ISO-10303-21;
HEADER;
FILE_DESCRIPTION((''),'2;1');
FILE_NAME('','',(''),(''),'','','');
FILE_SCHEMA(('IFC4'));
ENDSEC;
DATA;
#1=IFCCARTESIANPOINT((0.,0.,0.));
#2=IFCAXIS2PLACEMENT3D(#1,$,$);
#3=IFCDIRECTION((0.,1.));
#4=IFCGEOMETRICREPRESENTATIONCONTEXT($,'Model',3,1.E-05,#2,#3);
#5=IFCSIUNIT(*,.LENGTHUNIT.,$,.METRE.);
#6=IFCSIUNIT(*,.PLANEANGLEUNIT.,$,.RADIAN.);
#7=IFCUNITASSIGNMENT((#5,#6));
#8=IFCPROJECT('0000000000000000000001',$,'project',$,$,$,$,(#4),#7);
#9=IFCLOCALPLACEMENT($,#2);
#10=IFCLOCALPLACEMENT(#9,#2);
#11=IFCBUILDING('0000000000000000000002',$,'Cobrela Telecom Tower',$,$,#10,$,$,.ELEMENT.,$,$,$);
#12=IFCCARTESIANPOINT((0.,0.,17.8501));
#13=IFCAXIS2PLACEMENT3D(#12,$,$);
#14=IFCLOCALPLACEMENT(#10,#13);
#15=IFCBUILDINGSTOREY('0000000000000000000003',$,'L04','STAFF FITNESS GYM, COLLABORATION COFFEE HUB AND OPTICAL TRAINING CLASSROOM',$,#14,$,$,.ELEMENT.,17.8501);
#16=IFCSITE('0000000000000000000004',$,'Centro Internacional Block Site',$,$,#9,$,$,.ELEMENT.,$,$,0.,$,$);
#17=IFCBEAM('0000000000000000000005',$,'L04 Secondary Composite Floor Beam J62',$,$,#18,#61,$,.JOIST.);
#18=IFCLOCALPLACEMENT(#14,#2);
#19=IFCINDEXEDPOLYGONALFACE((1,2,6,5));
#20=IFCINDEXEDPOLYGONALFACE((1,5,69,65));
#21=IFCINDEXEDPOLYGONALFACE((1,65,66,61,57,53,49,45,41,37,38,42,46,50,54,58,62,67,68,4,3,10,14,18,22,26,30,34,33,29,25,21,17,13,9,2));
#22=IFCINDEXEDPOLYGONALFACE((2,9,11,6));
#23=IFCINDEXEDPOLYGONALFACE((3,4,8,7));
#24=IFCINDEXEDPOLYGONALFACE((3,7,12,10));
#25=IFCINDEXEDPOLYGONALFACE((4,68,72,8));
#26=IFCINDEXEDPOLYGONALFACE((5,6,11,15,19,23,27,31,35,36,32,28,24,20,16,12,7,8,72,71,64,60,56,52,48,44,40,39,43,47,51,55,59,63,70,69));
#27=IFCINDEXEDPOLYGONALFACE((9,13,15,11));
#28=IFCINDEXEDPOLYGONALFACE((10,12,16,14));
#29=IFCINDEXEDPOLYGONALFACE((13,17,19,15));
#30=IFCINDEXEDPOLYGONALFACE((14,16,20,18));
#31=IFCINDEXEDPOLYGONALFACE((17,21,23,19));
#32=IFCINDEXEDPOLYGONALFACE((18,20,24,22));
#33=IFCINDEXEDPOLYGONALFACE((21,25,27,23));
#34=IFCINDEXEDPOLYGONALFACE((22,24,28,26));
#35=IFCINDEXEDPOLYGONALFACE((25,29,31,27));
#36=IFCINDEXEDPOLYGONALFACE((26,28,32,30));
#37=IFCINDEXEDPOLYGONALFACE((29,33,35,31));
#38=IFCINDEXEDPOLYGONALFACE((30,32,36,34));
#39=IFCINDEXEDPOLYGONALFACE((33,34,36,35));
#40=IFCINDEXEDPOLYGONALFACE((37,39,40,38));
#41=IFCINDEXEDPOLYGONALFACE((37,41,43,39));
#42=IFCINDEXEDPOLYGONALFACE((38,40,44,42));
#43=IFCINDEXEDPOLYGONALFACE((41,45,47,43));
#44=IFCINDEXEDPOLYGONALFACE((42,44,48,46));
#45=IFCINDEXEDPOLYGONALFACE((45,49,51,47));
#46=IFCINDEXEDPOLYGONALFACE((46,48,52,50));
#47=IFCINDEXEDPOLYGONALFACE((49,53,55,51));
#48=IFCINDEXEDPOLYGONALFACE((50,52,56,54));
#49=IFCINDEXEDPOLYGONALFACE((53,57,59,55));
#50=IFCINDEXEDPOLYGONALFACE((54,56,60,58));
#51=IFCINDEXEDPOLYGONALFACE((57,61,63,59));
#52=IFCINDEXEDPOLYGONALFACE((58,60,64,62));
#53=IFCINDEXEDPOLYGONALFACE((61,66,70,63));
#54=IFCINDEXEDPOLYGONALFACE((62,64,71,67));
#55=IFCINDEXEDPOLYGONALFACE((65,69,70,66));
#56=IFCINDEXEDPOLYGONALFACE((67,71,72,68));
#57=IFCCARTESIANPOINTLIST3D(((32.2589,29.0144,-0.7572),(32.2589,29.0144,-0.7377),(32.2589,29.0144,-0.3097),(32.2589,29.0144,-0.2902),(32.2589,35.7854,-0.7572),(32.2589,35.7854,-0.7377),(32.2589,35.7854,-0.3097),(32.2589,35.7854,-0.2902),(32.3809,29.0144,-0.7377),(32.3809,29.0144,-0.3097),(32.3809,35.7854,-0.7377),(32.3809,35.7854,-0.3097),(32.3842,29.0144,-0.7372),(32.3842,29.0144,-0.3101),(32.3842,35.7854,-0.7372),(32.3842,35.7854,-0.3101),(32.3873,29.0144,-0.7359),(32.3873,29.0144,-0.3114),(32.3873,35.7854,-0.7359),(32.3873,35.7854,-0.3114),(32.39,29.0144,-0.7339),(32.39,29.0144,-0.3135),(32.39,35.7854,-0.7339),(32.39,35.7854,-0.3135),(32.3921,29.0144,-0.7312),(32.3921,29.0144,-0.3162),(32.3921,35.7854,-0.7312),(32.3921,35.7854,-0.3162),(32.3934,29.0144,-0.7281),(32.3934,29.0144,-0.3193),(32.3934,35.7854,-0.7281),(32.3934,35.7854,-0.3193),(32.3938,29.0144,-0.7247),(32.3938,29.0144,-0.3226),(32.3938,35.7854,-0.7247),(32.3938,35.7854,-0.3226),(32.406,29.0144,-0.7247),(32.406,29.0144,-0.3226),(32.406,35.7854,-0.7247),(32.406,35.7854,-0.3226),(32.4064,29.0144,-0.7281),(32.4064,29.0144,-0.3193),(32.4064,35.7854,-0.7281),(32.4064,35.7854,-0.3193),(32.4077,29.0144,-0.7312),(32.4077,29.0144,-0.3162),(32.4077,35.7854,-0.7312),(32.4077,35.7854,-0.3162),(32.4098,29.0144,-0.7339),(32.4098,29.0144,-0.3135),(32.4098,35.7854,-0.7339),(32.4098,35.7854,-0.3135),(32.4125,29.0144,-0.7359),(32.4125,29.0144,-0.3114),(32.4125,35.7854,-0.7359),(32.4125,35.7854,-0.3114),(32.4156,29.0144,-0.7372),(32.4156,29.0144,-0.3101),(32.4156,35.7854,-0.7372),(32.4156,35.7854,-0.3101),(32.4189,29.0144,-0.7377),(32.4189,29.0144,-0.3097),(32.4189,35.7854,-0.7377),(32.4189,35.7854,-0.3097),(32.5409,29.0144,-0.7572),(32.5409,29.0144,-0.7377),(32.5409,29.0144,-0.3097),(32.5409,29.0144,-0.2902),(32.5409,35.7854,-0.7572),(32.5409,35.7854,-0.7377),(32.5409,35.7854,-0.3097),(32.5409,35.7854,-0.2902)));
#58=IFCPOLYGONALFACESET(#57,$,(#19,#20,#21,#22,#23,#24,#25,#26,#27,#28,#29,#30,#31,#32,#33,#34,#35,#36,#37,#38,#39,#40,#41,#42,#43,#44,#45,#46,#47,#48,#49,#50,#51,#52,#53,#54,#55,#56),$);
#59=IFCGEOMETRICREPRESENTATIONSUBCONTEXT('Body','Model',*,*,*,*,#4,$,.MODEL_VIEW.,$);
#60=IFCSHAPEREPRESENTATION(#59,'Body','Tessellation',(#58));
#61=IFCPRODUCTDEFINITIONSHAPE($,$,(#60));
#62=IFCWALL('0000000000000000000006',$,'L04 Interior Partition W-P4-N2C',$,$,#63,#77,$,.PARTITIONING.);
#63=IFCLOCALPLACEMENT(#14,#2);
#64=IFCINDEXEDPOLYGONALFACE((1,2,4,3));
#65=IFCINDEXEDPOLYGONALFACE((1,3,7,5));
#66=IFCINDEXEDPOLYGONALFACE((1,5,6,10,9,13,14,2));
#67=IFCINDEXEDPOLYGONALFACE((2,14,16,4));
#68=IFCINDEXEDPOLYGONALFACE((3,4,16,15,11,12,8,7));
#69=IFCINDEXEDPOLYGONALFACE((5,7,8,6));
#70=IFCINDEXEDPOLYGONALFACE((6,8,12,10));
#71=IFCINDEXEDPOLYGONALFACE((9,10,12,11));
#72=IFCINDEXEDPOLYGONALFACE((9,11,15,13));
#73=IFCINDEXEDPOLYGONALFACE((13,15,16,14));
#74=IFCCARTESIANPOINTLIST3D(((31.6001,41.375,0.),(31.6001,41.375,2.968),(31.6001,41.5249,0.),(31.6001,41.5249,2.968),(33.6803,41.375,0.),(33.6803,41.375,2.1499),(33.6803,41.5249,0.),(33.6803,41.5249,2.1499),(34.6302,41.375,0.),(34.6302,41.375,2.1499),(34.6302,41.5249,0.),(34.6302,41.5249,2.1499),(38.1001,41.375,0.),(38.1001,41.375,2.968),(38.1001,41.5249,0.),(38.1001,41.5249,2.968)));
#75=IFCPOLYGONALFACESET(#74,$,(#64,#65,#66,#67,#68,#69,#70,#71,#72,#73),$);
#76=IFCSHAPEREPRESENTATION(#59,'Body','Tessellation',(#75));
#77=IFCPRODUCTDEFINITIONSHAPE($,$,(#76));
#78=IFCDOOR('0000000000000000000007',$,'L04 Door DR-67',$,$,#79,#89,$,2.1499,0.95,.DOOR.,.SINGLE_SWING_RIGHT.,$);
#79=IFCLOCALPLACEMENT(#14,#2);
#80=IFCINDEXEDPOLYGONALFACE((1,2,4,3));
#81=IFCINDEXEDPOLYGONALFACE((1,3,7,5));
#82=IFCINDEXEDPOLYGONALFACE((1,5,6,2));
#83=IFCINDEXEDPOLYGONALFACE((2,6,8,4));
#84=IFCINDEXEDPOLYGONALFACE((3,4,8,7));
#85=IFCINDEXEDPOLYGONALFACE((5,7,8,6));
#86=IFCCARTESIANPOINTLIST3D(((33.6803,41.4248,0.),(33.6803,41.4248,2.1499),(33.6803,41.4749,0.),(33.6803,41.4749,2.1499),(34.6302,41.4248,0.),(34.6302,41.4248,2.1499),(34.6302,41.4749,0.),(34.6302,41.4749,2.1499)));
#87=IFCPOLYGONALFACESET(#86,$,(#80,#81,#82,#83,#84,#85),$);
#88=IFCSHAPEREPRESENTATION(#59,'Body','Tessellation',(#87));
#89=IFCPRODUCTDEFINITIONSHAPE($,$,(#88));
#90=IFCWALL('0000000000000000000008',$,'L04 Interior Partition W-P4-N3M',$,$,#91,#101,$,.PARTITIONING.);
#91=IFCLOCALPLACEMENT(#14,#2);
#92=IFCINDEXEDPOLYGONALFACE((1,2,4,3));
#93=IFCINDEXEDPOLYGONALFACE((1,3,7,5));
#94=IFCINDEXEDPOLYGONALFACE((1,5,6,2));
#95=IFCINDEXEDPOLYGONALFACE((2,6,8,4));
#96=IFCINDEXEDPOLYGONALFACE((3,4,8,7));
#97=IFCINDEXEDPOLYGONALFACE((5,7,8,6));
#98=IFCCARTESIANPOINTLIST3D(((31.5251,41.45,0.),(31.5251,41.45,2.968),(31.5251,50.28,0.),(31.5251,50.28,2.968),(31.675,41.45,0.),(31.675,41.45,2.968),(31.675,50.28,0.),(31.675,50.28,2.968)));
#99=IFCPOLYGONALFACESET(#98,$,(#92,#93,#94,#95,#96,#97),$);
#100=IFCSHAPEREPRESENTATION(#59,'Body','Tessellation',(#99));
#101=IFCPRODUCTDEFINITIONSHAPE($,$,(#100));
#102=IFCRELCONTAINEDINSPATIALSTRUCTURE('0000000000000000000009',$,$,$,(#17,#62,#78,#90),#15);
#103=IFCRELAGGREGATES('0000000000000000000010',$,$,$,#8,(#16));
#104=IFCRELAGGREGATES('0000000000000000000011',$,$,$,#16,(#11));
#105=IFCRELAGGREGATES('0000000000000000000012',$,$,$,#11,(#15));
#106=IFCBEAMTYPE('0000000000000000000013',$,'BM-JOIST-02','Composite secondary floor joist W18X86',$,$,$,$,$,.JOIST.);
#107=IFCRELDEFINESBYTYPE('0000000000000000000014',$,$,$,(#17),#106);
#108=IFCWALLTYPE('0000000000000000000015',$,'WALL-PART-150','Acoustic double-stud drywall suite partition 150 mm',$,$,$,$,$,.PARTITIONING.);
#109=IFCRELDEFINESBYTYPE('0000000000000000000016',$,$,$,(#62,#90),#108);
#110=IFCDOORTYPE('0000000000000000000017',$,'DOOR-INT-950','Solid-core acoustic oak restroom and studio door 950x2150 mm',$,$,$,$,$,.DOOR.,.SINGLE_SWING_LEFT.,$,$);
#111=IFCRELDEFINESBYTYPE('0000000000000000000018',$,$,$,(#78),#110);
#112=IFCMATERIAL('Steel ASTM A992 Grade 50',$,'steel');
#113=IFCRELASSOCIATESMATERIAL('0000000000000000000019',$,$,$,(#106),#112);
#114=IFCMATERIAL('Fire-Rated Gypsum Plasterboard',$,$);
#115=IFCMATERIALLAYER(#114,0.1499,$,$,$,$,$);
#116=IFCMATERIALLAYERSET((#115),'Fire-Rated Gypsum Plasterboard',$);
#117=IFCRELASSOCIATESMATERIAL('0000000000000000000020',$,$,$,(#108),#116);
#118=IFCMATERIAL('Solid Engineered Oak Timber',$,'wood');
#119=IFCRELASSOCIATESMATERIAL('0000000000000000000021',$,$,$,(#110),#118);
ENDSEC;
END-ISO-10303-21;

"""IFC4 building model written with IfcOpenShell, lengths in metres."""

from ifc_helpers import new_model, si_unit, direction, frame, frame_2d, origin, origin_2d, place, context, subcontext, project, spatial, rectangle, i_section, extrude, material, layer, layer_set, material_profile, profile_set, type_object, element, fill, save


model = new_model("IFC4")

# Units and contexts
model_context = context("Model", 3, precision=1e-05, world=origin(), true_north=direction((0.0, 1.0)))
body_context = subcontext(model_context, "Body", "Model", "MODEL_VIEW")
ifc_project = project(units=[si_unit("LENGTHUNIT", "METRE"), si_unit("PLANEANGLEUNIT", "RADIAN")], contexts=[model_context])

# Site, building, storey
site_placement = place(None, origin())
site = spatial("IfcSite", under=ifc_project, at=site_placement, Name="Centro Internacional Block Site", CompositionType="ELEMENT", RefElevation=0.0)
building_placement = place(site_placement, origin())
building = spatial("IfcBuilding", under=site, at=building_placement, Name="Cobrela Telecom Tower", CompositionType="ELEMENT")
storey_placement = place(building_placement, frame((0.0, 0.0, 17.8501)))
storey = spatial("IfcBuildingStorey", under=building, at=storey_placement, Name="L04", Description="STAFF FITNESS GYM, COLLABORATION COFFEE HUB AND OPTICAL TRAINING CLASSROOM", CompositionType="ELEMENT", Elevation=17.8501)

# Beam
ifc_material_1 = material(Name="Steel ASTM A992 Grade 50", Category="steel")
ifc_material_profile_1 = material_profile(ifc_material_1, i_section(OverallWidth=0.282, OverallDepth=0.467, WebThickness=0.0122, FlangeThickness=0.0195, FilletRadius=0.0129, at=origin_2d()), Name="W18X86")
ifc_profile_set_1 = profile_set([ifc_material_profile_1], Name="Steel ASTM A992 Grade 50")
beam_type_1 = type_object("IfcBeamType", Name="BM-JOIST-02", Description="Composite secondary floor joist W18X86", PredefinedType="JOIST", material=ifc_profile_set_1)
beam_1_placement = place(storey_placement, frame((32.3999, 29.0144, -0.5237), z_axis=(0.0, 1.0, 0.0), x_axis=(-1.0, 0.0, 0.0)))
element("IfcBeam", 1, at=beam_1_placement, inside=storey, type_object=beam_type_1, Name="L04 Secondary Composite Floor Beam J62", PredefinedType="JOIST", context=body_context, shape_type="SweptSolid", body=[
    extrude(i_section(OverallWidth=0.282, OverallDepth=0.467, WebThickness=0.0122, FlangeThickness=0.0195, FilletRadius=0.0129, at=origin_2d()), origin(), (0.0, 0.0, 1.0), 6.771),
])

# Wall, opening, door
ifc_material_2 = material(Name="Fire-Rated Gypsum Plasterboard")
ifc_layer = layer(ifc_material_2, 0.1499)
ifc_layer_set = layer_set([ifc_layer], Name="Fire-Rated Gypsum Plasterboard")
wall_type = type_object("IfcWallType", Name="WALL-PART-150", Description="Acoustic double-stud drywall suite partition 150 mm", PredefinedType="PARTITIONING", material=ifc_layer_set)
wall_1_placement = place(storey_placement, frame((31.6001, 41.45, 0.0), z_axis=(0.0, 0.0, 1.0), x_axis=(1.0, 0.0, 0.0)))
wall_1 = element("IfcWall", 2, at=wall_1_placement, inside=storey, type_object=wall_type, Name="L04 Interior Partition W-P4-N2C", PredefinedType="PARTITIONING", context=body_context, shape_type="SweptSolid", body=[
    extrude(rectangle(XDim=6.5, YDim=0.1499, at=frame_2d((3.25, 0.0))), origin(), (0.0, 0.0, 1.0), 2.968),
])
opening_placement = place(wall_1_placement, frame((2.0801, 0.0, 0.0)))
opening = element("IfcOpeningElement", 3, at=opening_placement, cuts=wall_1, PredefinedType="OPENING", context=body_context, shape_type="SweptSolid", body=[
    extrude(rectangle(XDim=0.95, YDim=2.1499, at=frame_2d((0.4751, 1.075))), frame((0.0, 0.0869, 0.0), z_axis=(0.0, -1.0, 0.0), x_axis=(1.0, 0.0, 0.0)), (0.0, 0.0, 1.0), 0.1738),
])
ifc_material_3 = material(Name="Solid Engineered Oak Timber", Category="wood")
door_type = type_object("IfcDoorType", Name="DOOR-INT-950", Description="Solid-core acoustic oak restroom and studio door 950x2150 mm", OperationType="SINGLE_SWING_LEFT", PredefinedType="DOOR", material=ifc_material_3)
door_placement = place(opening_placement, origin())
door = element("IfcDoor", 4, at=door_placement, inside=storey, type_object=door_type, Name="L04 Door DR-67", OperationType="SINGLE_SWING_RIGHT", OverallHeight=2.1499, OverallWidth=0.95, PredefinedType="DOOR", context=body_context, shape_type="SweptSolid", body=[
    extrude(rectangle(XDim=0.95, YDim=2.1499, at=frame_2d((0.4751, 1.075))), frame((0.0, 0.0249, 0.0), z_axis=(0.0, -1.0, 0.0), x_axis=(1.0, 0.0, 0.0)), (0.0, 0.0, 1.0), 0.05),
])
fill(opening, door)

# Wall
wall_2_placement = place(storey_placement, frame((31.6001, 41.45, 0.0), z_axis=(0.0, 0.0, 1.0), x_axis=(0.0, 1.0, 0.0)))
element("IfcWall", 5, at=wall_2_placement, inside=storey, type_object=wall_type, Name="L04 Interior Partition W-P4-N3M", PredefinedType="PARTITIONING", context=body_context, shape_type="SweptSolid", body=[
    extrude(rectangle(XDim=8.8301, YDim=0.1499, at=frame_2d((4.415, 0.0))), origin(), (0.0, 0.0, 1.0), 2.968),
])

save(model, "model.ifc")
